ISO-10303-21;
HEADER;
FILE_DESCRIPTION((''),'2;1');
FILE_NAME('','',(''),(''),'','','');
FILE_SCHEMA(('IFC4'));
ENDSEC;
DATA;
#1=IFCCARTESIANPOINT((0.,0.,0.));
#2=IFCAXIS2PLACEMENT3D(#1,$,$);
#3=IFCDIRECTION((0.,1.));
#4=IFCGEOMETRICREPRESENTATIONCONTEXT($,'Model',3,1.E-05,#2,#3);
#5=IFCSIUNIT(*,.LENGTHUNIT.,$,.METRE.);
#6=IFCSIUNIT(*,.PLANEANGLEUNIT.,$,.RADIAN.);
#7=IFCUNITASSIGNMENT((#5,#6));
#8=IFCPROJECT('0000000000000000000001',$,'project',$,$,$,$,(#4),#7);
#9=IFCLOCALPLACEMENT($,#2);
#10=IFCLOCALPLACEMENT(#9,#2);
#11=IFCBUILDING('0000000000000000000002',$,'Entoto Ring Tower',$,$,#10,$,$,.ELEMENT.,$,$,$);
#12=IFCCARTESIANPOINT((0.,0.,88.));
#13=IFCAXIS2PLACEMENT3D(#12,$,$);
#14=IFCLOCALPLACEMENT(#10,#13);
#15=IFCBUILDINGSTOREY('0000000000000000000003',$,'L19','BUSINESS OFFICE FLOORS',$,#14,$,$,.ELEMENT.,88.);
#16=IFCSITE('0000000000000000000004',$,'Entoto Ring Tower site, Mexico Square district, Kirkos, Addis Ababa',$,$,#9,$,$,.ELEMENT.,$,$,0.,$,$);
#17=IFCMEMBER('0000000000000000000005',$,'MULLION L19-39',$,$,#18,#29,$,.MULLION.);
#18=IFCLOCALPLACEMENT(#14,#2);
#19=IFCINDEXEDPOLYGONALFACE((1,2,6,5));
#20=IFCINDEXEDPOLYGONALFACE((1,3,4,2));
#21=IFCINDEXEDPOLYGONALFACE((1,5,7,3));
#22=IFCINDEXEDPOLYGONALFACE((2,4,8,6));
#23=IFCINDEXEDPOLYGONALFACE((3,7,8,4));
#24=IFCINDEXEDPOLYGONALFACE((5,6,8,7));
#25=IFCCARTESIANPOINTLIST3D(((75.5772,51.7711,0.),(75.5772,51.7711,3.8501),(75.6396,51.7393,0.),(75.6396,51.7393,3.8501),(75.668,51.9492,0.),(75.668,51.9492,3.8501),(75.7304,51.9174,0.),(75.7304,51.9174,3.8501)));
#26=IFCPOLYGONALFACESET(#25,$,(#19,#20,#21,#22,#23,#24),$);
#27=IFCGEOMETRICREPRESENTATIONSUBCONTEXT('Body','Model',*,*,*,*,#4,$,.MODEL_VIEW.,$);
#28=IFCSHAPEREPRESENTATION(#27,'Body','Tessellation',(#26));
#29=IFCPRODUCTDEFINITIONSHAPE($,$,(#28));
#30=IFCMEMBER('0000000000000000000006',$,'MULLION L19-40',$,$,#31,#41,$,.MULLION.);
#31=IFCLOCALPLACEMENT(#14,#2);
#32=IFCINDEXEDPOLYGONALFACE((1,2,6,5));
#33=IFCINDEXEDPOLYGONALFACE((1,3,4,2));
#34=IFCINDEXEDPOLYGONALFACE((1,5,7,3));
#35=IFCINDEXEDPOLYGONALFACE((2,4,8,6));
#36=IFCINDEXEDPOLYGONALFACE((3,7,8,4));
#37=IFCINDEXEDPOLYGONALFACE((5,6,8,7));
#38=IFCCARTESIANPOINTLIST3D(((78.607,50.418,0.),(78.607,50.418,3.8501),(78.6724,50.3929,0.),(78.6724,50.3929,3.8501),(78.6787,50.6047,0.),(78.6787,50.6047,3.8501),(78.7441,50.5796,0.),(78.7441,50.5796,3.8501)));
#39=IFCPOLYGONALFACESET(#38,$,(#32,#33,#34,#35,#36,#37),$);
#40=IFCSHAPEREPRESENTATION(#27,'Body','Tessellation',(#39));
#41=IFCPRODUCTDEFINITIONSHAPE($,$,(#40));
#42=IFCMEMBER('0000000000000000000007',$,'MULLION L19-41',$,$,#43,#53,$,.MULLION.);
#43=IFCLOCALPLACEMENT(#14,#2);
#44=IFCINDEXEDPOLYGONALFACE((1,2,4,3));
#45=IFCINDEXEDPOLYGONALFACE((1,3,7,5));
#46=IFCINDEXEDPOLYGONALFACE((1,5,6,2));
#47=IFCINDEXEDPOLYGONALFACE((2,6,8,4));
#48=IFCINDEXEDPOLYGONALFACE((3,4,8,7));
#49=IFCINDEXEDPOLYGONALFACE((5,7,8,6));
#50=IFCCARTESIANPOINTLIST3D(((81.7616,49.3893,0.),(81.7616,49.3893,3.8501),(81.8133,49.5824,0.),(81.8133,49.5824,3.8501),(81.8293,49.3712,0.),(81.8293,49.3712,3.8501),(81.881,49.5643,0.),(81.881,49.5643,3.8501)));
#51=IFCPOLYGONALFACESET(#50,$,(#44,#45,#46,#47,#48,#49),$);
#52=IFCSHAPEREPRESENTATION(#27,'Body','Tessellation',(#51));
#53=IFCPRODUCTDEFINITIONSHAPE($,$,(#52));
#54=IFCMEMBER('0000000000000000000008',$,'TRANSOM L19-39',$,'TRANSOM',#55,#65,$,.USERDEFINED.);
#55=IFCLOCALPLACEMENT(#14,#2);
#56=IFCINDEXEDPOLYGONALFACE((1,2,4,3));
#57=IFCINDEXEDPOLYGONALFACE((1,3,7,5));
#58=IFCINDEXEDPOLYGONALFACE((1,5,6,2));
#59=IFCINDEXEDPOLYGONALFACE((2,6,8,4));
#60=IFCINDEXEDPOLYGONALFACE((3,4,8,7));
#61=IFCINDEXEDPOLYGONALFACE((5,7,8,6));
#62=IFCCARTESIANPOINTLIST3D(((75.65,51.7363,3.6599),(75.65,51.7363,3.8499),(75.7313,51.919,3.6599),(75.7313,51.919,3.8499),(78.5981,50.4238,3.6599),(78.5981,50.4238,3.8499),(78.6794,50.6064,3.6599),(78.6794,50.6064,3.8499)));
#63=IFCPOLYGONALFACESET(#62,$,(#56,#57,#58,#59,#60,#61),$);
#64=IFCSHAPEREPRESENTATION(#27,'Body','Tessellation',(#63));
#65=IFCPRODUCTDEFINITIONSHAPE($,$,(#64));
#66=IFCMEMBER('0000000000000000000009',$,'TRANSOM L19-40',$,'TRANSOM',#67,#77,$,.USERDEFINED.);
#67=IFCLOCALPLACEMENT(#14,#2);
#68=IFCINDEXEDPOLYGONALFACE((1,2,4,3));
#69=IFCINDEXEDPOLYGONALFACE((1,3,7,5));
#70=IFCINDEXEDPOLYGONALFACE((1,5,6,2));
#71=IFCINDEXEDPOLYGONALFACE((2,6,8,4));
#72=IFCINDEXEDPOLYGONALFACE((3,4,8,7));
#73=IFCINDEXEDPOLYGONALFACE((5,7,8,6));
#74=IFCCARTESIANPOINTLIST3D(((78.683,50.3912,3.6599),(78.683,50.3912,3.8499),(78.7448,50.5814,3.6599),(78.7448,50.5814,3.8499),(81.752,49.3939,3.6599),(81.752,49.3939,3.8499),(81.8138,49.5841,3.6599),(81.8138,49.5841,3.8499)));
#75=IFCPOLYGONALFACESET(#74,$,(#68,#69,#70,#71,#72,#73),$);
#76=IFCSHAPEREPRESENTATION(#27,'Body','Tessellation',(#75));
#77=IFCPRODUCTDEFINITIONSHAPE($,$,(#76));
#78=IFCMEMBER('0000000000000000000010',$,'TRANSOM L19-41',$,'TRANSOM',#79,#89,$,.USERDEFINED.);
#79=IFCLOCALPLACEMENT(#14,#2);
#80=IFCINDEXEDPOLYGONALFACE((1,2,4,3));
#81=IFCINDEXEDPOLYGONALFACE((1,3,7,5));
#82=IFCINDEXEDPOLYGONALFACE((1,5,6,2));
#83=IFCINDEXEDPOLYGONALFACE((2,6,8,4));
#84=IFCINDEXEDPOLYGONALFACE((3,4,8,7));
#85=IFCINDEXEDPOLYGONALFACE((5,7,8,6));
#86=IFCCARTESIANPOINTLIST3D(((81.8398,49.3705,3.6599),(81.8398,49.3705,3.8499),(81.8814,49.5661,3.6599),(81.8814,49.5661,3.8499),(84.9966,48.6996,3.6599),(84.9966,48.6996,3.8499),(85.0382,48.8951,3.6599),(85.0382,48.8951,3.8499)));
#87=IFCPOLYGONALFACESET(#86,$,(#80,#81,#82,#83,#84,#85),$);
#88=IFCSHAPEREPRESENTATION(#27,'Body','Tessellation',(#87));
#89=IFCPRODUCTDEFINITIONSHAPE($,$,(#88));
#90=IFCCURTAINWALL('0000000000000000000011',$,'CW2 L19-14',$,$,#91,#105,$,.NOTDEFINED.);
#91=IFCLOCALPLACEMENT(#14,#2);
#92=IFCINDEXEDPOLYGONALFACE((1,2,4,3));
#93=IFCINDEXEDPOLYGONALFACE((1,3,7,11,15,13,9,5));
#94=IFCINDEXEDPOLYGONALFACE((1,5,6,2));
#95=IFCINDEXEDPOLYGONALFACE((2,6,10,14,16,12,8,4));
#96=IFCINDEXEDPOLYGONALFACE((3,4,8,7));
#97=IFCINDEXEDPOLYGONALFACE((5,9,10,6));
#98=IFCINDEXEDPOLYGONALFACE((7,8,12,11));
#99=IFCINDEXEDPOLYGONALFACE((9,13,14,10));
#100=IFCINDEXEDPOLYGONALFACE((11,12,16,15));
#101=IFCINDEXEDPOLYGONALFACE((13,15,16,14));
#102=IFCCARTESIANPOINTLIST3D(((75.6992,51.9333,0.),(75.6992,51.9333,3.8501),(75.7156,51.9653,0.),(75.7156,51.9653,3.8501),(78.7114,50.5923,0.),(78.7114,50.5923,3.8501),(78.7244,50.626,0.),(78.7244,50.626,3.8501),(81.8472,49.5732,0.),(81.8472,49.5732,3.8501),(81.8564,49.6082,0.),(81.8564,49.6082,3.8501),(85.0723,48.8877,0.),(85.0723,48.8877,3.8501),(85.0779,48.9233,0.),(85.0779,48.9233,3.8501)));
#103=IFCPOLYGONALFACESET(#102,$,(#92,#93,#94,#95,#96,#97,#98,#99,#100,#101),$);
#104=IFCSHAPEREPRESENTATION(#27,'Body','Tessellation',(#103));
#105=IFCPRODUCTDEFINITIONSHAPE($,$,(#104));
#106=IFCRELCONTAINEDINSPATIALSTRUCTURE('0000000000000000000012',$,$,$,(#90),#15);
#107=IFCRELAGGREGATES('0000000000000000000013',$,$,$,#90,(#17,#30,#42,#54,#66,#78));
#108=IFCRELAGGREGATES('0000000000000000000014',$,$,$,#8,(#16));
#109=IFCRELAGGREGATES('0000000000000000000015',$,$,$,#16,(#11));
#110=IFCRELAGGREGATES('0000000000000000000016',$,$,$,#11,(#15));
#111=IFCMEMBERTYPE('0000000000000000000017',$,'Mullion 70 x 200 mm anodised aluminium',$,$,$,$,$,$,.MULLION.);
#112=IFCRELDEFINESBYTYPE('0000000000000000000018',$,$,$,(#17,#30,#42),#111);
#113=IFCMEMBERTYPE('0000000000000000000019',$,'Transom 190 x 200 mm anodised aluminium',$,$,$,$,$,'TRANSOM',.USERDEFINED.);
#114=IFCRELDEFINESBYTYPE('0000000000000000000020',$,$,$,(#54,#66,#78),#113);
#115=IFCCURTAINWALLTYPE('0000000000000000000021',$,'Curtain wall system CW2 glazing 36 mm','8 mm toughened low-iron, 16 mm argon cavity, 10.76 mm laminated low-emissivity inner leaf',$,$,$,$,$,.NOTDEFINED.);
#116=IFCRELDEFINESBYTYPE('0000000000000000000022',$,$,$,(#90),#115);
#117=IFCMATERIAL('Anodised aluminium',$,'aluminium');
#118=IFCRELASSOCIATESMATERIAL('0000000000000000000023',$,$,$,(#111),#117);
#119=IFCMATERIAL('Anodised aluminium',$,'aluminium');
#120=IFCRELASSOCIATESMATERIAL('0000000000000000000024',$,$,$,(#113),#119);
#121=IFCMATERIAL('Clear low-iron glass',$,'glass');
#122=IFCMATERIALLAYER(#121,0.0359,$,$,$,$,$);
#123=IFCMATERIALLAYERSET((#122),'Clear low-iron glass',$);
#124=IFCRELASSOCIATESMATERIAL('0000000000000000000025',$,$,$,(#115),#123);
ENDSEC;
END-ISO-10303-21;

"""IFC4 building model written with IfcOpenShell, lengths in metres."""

from ifc_helpers import new_model, si_unit, direction, frame, origin, origin_2d, place, context, subcontext, project, spatial, polyline, rectangle, outline, extrude, material, layer, layer_set, material_profile, profile_set, type_object, element, aggregate, save


model = new_model("IFC4")

# Units and contexts
model_context = context("Model", 3, precision=1e-05, world=origin(), true_north=direction((0.0, 1.0)))
body_context = subcontext(model_context, "Body", "Model", "MODEL_VIEW")
ifc_project = project(units=[si_unit("LENGTHUNIT", "METRE"), si_unit("PLANEANGLEUNIT", "RADIAN")], contexts=[model_context])

# Members
ifc_material_1 = material(Name="Anodised aluminium", Category="aluminium")
ifc_material_profile_1 = material_profile(ifc_material_1, rectangle(XDim=0.0701, YDim=0.2, at=origin_2d()), Name="Mullion 70 x 200 mm anodised aluminium")
ifc_profile_set_1 = profile_set([ifc_material_profile_1], Name="Anodised aluminium")
member_type_1 = type_object("IfcMemberType", Name="Mullion 70 x 200 mm anodised aluminium", PredefinedType="MULLION", material=ifc_profile_set_1)
site_placement = place(None, origin())
building_placement = place(site_placement, origin())
storey_placement = place(building_placement, frame((0.0, 0.0, 88.0)))
member_1_placement = place(storey_placement, frame((75.6538, 51.8442, 0.0), z_axis=(0.0, 0.0, 1.0), x_axis=(0.891007, -0.45399, 0.0)))
member_1 = element("IfcMember", 1, at=member_1_placement, type_object=member_type_1, Name="MULLION L19-39", PredefinedType="MULLION", context=body_context, shape_type="SweptSolid", body=[
    extrude(rectangle(XDim=0.0701, YDim=0.2, at=origin_2d()), origin(), (0.0, 0.0, 1.0), 3.8501),
])
member_2_placement = place(storey_placement, frame((78.6755, 50.4988, 0.0), z_axis=(0.0, 0.0, 1.0), x_axis=(0.93358, -0.358368, 0.0)))
member_2 = element("IfcMember", 2, at=member_2_placement, type_object=member_type_1, Name="MULLION L19-40", PredefinedType="MULLION", context=body_context, shape_type="SweptSolid", body=[
    extrude(rectangle(XDim=0.0701, YDim=0.2, at=origin_2d()), origin(), (0.0, 0.0, 1.0), 3.8501),
])
member_3_placement = place(storey_placement, frame((81.8213, 49.4768, 0.0), z_axis=(0.0, 0.0, 1.0), x_axis=(0.965926, -0.258819, 0.0)))
member_3 = element("IfcMember", 3, at=member_3_placement, type_object=member_type_1, Name="MULLION L19-41", PredefinedType="MULLION", context=body_context, shape_type="SweptSolid", body=[
    extrude(rectangle(XDim=0.0701, YDim=0.2, at=origin_2d()), origin(), (0.0, 0.0, 1.0), 3.8501),
])
ifc_material_2 = material(Name="Anodised aluminium", Category="aluminium")
ifc_material_profile_2 = material_profile(ifc_material_2, rectangle(XDim=0.2, YDim=0.1899, at=origin_2d()), Name="Transom 190 x 200 mm anodised aluminium")
ifc_profile_set_2 = profile_set([ifc_material_profile_2], Name="Anodised aluminium")
member_type_2 = type_object("IfcMemberType", Name="Transom 190 x 200 mm anodised aluminium", ElementType="TRANSOM", PredefinedType="USERDEFINED", material=ifc_profile_set_2)
member_4_placement = place(storey_placement, frame((75.6907, 51.8276, 3.7549), z_axis=(0.913549, -0.406728, 0.0), x_axis=(0.406728, 0.913549, 0.0)))
member_4 = element("IfcMember", 4, at=member_4_placement, type_object=member_type_2, Name="TRANSOM L19-39", ObjectType="TRANSOM", PredefinedType="USERDEFINED", context=body_context, shape_type="SweptSolid", body=[
    extrude(rectangle(XDim=0.2, YDim=0.1899, at=origin_2d()), origin(), (0.0, 0.0, 1.0), 3.2271),
])
member_5_placement = place(storey_placement, frame((78.7139, 50.4863, 3.7549), z_axis=(0.951047, -0.309047, 0.0), x_axis=(0.309047, 0.951047, 0.0)))
member_5 = element("IfcMember", 5, at=member_5_placement, type_object=member_type_2, Name="TRANSOM L19-40", ObjectType="TRANSOM", PredefinedType="USERDEFINED", context=body_context, shape_type="SweptSolid", body=[
    extrude(rectangle(XDim=0.2, YDim=0.1899, at=origin_2d()), origin(), (0.0, 0.0, 1.0), 3.2271),
])
member_6_placement = place(storey_placement, frame((81.8606, 49.4683, 3.7549), z_axis=(0.978153, -0.207886, 0.0), x_axis=(0.207886, 0.978153, 0.0)))
member_6 = element("IfcMember", 6, at=member_6_placement, type_object=member_type_2, Name="TRANSOM L19-41", ObjectType="TRANSOM", PredefinedType="USERDEFINED", context=body_context, shape_type="SweptSolid", body=[
    extrude(rectangle(XDim=0.2, YDim=0.1899, at=origin_2d()), origin(), (0.0, 0.0, 1.0), 3.2273),
])

# Site, building, storey
site = spatial("IfcSite", under=ifc_project, at=site_placement, Name="Entoto Ring Tower site, Mexico Square district, Kirkos, Addis Ababa", CompositionType="ELEMENT", RefElevation=0.0)
building = spatial("IfcBuilding", under=site, at=building_placement, Name="Entoto Ring Tower", CompositionType="ELEMENT")
storey = spatial("IfcBuildingStorey", under=building, at=storey_placement, Name="L19", Description="BUSINESS OFFICE FLOORS", CompositionType="ELEMENT", Elevation=88.0)

# Curtain wall
ifc_material_3 = material(Name="Clear low-iron glass", Category="glass")
ifc_layer = layer(ifc_material_3, 0.0359)
ifc_layer_set = layer_set([ifc_layer], Name="Clear low-iron glass")
curtain_wall_type = type_object("IfcCurtainWallType", Name="Curtain wall system CW2 glazing 36 mm", Description="8 mm toughened low-iron, 16 mm argon cavity, 10.76 mm laminated low-emissivity inner leaf", PredefinedType="NOTDEFINED", material=ifc_layer_set)
curtain_wall_1_placement = place(storey_placement, origin())
curtain_wall_1 = element("IfcCurtainWall", 7, at=curtain_wall_1_placement, inside=storey, type_object=curtain_wall_type, Name="CW2 L19-14", PredefinedType="NOTDEFINED", context=body_context, shape_type="SweptSolid", body=[
    extrude(outline(polyline([(75.6992, 51.9333), (78.7114, 50.5923), (81.8472, 49.5732), (85.0723, 48.8877), (85.0779, 48.9233), (81.8564, 49.6082), (78.7244, 50.626), (75.7156, 51.9653), (75.6992, 51.9333)])), origin(), (0.0, 0.0, 1.0), 3.8501),
])
aggregate(curtain_wall_1, [member_1, member_2, member_3, member_4, member_5, member_6])

save(model, "model.ifc")
